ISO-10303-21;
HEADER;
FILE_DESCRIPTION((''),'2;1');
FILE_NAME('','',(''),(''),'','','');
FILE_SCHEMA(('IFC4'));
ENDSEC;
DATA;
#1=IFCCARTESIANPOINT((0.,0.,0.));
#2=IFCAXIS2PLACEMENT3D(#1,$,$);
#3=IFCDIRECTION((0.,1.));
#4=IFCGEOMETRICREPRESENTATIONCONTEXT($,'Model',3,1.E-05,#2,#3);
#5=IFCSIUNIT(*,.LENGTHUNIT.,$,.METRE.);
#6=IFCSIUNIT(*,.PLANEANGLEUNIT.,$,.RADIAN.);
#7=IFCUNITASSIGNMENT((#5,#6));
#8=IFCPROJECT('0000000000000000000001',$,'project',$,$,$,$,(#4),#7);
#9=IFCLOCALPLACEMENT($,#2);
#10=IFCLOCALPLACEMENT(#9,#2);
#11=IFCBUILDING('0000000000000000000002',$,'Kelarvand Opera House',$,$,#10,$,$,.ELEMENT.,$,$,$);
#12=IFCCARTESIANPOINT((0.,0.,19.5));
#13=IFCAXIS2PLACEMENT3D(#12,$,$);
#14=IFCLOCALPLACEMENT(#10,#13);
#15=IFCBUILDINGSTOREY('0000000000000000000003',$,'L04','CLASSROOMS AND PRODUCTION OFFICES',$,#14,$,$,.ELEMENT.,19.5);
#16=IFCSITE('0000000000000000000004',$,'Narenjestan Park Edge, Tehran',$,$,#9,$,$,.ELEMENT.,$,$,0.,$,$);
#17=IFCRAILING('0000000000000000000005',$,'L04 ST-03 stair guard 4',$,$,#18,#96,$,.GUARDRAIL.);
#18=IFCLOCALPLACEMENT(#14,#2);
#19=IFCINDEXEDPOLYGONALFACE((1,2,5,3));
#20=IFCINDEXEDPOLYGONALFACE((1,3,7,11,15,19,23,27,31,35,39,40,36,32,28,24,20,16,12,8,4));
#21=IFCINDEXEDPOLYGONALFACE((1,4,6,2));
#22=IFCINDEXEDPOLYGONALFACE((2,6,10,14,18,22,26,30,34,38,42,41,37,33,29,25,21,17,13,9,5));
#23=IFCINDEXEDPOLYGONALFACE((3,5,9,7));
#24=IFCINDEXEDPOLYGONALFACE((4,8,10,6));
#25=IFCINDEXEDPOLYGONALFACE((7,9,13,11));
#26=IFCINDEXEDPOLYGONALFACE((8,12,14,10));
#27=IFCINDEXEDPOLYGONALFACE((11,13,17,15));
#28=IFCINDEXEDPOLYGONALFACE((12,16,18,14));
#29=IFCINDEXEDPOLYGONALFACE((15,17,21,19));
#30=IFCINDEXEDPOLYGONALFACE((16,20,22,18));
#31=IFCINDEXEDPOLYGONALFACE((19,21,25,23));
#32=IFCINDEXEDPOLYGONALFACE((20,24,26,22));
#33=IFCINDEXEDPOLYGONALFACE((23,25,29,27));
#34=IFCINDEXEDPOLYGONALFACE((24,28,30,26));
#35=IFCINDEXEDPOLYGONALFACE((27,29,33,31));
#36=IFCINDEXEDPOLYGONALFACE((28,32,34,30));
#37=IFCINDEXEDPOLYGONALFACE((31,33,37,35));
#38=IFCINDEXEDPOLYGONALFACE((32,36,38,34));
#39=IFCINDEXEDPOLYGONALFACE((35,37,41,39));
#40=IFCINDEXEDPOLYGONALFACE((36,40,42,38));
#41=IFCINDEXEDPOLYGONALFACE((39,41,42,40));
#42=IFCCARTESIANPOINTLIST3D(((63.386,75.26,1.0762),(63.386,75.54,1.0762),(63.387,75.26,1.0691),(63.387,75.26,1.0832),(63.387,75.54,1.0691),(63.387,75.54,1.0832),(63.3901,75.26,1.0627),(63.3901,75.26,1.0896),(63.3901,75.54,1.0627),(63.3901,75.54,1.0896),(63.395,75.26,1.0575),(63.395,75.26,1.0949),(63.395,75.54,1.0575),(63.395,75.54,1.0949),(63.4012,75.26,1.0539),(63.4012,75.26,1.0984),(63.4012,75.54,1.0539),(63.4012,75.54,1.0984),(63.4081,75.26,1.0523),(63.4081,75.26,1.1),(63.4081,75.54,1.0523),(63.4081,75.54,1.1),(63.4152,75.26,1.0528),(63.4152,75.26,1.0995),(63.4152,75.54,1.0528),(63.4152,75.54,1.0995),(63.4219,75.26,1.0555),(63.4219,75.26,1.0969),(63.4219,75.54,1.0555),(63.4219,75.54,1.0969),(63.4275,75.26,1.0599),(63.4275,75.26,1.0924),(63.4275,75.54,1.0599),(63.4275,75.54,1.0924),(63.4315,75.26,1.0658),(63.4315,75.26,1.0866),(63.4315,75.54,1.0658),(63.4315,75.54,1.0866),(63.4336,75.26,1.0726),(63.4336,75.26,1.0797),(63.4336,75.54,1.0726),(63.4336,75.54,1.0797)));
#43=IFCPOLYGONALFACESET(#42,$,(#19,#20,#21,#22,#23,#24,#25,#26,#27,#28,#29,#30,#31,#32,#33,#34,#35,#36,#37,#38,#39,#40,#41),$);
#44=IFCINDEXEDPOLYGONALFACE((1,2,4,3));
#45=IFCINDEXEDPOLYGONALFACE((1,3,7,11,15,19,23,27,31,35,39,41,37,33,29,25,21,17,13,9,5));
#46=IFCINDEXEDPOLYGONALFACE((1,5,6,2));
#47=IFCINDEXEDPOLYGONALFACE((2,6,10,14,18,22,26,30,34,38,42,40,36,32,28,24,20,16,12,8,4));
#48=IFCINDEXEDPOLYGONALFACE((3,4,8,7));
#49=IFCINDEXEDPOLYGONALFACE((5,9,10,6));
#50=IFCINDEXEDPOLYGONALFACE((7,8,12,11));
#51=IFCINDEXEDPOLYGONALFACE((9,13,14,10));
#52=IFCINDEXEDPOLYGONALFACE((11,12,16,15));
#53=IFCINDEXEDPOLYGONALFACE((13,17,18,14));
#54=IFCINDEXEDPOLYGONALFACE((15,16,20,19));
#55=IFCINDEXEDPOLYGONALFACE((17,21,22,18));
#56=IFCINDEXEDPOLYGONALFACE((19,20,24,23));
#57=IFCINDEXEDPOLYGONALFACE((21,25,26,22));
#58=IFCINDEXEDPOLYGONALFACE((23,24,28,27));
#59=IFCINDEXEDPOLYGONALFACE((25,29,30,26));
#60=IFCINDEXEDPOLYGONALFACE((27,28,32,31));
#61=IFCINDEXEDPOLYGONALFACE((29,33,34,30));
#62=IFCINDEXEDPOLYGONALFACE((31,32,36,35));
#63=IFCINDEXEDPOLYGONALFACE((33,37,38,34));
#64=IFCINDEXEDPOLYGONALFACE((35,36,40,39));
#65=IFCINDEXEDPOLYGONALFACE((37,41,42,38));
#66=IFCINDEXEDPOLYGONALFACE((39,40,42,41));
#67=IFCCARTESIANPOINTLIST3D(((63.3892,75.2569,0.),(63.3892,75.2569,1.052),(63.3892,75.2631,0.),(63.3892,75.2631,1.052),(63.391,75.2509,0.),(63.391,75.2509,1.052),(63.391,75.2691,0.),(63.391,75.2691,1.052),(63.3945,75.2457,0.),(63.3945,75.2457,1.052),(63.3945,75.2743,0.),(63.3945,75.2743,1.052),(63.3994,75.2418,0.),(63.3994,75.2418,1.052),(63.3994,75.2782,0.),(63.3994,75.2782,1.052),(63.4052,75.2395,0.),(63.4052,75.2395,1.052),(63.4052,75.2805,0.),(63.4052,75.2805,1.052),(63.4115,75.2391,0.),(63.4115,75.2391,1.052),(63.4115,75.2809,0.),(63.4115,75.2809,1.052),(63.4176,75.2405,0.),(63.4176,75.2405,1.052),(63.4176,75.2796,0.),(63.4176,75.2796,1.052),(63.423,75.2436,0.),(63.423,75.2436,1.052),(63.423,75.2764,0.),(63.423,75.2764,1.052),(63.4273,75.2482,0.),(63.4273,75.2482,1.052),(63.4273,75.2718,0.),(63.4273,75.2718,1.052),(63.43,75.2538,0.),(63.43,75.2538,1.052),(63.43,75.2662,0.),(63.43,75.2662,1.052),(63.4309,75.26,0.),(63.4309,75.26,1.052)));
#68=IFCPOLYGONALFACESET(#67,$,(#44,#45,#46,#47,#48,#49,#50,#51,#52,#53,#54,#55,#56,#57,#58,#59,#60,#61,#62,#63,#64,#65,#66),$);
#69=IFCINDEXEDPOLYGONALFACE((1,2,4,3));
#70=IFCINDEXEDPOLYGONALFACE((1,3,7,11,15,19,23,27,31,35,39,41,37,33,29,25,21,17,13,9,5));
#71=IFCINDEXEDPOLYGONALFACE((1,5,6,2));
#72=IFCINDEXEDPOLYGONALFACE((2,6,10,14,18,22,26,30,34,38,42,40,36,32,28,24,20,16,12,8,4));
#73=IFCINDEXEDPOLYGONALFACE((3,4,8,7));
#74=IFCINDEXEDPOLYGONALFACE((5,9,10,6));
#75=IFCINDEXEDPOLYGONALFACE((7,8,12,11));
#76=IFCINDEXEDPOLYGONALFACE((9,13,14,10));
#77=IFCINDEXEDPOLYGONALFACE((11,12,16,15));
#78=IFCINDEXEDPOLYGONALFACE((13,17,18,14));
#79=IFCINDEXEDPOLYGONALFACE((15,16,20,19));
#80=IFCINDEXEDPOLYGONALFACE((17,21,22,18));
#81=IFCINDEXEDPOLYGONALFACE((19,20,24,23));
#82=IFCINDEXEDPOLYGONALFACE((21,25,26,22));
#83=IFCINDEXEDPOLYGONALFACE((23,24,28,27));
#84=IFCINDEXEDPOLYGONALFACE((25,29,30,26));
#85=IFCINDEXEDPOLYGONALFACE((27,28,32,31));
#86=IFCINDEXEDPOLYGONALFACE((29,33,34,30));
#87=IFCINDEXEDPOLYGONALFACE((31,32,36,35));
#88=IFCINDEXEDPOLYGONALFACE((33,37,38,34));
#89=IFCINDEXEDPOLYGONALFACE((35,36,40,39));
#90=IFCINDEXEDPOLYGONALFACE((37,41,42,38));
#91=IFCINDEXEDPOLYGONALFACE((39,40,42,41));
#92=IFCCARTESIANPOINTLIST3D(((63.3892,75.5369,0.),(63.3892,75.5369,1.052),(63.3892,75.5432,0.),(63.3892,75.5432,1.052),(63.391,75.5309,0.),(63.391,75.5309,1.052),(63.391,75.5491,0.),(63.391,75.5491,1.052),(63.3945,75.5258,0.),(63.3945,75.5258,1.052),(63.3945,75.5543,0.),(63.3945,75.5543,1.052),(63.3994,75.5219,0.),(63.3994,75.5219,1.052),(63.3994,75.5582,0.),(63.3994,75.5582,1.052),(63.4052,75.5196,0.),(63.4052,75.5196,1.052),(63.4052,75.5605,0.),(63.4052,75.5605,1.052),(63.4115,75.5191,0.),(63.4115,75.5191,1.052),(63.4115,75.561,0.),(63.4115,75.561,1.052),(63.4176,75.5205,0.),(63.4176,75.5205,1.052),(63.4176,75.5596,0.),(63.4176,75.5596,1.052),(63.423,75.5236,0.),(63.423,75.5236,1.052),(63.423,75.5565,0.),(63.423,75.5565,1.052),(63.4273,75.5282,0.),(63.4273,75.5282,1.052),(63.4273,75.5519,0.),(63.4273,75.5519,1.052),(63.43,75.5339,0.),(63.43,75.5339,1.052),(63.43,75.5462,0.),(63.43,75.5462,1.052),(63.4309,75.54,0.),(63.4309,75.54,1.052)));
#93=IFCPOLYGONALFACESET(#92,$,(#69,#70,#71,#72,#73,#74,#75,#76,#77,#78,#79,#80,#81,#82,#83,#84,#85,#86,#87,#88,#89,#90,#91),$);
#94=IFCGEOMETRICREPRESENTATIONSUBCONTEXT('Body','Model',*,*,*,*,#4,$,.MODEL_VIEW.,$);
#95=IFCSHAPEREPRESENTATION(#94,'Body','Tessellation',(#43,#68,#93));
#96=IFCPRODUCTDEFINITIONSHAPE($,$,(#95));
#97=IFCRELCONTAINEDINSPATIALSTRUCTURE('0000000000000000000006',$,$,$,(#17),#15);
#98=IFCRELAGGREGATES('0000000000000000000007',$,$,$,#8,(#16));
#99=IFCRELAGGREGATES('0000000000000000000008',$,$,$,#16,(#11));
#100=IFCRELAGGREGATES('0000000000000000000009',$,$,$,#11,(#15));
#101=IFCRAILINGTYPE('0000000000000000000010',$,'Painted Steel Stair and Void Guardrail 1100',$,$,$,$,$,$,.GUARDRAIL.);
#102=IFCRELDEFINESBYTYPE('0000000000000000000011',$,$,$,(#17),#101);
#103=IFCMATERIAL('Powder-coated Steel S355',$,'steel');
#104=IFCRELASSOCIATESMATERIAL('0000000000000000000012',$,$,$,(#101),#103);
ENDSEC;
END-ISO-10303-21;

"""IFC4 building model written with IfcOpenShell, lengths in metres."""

from ifc_helpers import new_model, si_unit, direction, frame, origin, origin_2d, place, context, subcontext, project, spatial, circle, extrude, material, type_object, element, save


model = new_model("IFC4")

# Units and contexts
model_context = context("Model", 3, precision=1e-05, world=origin(), true_north=direction((0.0, 1.0)))
body_context = subcontext(model_context, "Body", "Model", "MODEL_VIEW")
ifc_project = project(units=[si_unit("LENGTHUNIT", "METRE"), si_unit("PLANEANGLEUNIT", "RADIAN")], contexts=[model_context])

# Site, building, storey
site_placement = place(None, origin())
site = spatial("IfcSite", under=ifc_project, at=site_placement, Name="Narenjestan Park Edge, Tehran", CompositionType="ELEMENT", RefElevation=0.0)
building_placement = place(site_placement, origin())
building = spatial("IfcBuilding", under=site, at=building_placement, Name="Kelarvand Opera House", CompositionType="ELEMENT")
storey_placement = place(building_placement, frame((0.0, 0.0, 19.5)))
storey = spatial("IfcBuildingStorey", under=building, at=storey_placement, Name="L04", Description="CLASSROOMS AND PRODUCTION OFFICES", CompositionType="ELEMENT", Elevation=19.5)

# Railing
ifc_material_1 = material(Name="Powder-coated Steel S355", Category="steel")
railing_type_1 = type_object("IfcRailingType", Name="Painted Steel Stair and Void Guardrail 1100", PredefinedType="GUARDRAIL", material=ifc_material_1)
railing_1_placement = place(storey_placement, frame((63.4099, 75.26, 0.0)))
element("IfcRailing", 1, at=railing_1_placement, inside=storey, type_object=railing_type_1, Name="L04 ST-03 stair guard 4", PredefinedType="GUARDRAIL", context=body_context, shape_type="SweptSolid", body=[
    extrude(circle(Radius=0.0239, at=origin_2d()), frame((0.0, 0.0, 1.0762), z_axis=(0.0, 1.0, 0.0), x_axis=(-1.0, 0.0, 0.0)), (0.0, 0.0, 1.0), 0.28),
    extrude(circle(Radius=0.021, at=origin_2d()), origin(), (0.0, 0.0, 1.0), 1.052),
    extrude(circle(Radius=0.021, at=origin_2d()), frame((0.0, 0.28, 0.0)), (0.0, 0.0, 1.0), 1.052),
])

save(model, "model.ifc")
